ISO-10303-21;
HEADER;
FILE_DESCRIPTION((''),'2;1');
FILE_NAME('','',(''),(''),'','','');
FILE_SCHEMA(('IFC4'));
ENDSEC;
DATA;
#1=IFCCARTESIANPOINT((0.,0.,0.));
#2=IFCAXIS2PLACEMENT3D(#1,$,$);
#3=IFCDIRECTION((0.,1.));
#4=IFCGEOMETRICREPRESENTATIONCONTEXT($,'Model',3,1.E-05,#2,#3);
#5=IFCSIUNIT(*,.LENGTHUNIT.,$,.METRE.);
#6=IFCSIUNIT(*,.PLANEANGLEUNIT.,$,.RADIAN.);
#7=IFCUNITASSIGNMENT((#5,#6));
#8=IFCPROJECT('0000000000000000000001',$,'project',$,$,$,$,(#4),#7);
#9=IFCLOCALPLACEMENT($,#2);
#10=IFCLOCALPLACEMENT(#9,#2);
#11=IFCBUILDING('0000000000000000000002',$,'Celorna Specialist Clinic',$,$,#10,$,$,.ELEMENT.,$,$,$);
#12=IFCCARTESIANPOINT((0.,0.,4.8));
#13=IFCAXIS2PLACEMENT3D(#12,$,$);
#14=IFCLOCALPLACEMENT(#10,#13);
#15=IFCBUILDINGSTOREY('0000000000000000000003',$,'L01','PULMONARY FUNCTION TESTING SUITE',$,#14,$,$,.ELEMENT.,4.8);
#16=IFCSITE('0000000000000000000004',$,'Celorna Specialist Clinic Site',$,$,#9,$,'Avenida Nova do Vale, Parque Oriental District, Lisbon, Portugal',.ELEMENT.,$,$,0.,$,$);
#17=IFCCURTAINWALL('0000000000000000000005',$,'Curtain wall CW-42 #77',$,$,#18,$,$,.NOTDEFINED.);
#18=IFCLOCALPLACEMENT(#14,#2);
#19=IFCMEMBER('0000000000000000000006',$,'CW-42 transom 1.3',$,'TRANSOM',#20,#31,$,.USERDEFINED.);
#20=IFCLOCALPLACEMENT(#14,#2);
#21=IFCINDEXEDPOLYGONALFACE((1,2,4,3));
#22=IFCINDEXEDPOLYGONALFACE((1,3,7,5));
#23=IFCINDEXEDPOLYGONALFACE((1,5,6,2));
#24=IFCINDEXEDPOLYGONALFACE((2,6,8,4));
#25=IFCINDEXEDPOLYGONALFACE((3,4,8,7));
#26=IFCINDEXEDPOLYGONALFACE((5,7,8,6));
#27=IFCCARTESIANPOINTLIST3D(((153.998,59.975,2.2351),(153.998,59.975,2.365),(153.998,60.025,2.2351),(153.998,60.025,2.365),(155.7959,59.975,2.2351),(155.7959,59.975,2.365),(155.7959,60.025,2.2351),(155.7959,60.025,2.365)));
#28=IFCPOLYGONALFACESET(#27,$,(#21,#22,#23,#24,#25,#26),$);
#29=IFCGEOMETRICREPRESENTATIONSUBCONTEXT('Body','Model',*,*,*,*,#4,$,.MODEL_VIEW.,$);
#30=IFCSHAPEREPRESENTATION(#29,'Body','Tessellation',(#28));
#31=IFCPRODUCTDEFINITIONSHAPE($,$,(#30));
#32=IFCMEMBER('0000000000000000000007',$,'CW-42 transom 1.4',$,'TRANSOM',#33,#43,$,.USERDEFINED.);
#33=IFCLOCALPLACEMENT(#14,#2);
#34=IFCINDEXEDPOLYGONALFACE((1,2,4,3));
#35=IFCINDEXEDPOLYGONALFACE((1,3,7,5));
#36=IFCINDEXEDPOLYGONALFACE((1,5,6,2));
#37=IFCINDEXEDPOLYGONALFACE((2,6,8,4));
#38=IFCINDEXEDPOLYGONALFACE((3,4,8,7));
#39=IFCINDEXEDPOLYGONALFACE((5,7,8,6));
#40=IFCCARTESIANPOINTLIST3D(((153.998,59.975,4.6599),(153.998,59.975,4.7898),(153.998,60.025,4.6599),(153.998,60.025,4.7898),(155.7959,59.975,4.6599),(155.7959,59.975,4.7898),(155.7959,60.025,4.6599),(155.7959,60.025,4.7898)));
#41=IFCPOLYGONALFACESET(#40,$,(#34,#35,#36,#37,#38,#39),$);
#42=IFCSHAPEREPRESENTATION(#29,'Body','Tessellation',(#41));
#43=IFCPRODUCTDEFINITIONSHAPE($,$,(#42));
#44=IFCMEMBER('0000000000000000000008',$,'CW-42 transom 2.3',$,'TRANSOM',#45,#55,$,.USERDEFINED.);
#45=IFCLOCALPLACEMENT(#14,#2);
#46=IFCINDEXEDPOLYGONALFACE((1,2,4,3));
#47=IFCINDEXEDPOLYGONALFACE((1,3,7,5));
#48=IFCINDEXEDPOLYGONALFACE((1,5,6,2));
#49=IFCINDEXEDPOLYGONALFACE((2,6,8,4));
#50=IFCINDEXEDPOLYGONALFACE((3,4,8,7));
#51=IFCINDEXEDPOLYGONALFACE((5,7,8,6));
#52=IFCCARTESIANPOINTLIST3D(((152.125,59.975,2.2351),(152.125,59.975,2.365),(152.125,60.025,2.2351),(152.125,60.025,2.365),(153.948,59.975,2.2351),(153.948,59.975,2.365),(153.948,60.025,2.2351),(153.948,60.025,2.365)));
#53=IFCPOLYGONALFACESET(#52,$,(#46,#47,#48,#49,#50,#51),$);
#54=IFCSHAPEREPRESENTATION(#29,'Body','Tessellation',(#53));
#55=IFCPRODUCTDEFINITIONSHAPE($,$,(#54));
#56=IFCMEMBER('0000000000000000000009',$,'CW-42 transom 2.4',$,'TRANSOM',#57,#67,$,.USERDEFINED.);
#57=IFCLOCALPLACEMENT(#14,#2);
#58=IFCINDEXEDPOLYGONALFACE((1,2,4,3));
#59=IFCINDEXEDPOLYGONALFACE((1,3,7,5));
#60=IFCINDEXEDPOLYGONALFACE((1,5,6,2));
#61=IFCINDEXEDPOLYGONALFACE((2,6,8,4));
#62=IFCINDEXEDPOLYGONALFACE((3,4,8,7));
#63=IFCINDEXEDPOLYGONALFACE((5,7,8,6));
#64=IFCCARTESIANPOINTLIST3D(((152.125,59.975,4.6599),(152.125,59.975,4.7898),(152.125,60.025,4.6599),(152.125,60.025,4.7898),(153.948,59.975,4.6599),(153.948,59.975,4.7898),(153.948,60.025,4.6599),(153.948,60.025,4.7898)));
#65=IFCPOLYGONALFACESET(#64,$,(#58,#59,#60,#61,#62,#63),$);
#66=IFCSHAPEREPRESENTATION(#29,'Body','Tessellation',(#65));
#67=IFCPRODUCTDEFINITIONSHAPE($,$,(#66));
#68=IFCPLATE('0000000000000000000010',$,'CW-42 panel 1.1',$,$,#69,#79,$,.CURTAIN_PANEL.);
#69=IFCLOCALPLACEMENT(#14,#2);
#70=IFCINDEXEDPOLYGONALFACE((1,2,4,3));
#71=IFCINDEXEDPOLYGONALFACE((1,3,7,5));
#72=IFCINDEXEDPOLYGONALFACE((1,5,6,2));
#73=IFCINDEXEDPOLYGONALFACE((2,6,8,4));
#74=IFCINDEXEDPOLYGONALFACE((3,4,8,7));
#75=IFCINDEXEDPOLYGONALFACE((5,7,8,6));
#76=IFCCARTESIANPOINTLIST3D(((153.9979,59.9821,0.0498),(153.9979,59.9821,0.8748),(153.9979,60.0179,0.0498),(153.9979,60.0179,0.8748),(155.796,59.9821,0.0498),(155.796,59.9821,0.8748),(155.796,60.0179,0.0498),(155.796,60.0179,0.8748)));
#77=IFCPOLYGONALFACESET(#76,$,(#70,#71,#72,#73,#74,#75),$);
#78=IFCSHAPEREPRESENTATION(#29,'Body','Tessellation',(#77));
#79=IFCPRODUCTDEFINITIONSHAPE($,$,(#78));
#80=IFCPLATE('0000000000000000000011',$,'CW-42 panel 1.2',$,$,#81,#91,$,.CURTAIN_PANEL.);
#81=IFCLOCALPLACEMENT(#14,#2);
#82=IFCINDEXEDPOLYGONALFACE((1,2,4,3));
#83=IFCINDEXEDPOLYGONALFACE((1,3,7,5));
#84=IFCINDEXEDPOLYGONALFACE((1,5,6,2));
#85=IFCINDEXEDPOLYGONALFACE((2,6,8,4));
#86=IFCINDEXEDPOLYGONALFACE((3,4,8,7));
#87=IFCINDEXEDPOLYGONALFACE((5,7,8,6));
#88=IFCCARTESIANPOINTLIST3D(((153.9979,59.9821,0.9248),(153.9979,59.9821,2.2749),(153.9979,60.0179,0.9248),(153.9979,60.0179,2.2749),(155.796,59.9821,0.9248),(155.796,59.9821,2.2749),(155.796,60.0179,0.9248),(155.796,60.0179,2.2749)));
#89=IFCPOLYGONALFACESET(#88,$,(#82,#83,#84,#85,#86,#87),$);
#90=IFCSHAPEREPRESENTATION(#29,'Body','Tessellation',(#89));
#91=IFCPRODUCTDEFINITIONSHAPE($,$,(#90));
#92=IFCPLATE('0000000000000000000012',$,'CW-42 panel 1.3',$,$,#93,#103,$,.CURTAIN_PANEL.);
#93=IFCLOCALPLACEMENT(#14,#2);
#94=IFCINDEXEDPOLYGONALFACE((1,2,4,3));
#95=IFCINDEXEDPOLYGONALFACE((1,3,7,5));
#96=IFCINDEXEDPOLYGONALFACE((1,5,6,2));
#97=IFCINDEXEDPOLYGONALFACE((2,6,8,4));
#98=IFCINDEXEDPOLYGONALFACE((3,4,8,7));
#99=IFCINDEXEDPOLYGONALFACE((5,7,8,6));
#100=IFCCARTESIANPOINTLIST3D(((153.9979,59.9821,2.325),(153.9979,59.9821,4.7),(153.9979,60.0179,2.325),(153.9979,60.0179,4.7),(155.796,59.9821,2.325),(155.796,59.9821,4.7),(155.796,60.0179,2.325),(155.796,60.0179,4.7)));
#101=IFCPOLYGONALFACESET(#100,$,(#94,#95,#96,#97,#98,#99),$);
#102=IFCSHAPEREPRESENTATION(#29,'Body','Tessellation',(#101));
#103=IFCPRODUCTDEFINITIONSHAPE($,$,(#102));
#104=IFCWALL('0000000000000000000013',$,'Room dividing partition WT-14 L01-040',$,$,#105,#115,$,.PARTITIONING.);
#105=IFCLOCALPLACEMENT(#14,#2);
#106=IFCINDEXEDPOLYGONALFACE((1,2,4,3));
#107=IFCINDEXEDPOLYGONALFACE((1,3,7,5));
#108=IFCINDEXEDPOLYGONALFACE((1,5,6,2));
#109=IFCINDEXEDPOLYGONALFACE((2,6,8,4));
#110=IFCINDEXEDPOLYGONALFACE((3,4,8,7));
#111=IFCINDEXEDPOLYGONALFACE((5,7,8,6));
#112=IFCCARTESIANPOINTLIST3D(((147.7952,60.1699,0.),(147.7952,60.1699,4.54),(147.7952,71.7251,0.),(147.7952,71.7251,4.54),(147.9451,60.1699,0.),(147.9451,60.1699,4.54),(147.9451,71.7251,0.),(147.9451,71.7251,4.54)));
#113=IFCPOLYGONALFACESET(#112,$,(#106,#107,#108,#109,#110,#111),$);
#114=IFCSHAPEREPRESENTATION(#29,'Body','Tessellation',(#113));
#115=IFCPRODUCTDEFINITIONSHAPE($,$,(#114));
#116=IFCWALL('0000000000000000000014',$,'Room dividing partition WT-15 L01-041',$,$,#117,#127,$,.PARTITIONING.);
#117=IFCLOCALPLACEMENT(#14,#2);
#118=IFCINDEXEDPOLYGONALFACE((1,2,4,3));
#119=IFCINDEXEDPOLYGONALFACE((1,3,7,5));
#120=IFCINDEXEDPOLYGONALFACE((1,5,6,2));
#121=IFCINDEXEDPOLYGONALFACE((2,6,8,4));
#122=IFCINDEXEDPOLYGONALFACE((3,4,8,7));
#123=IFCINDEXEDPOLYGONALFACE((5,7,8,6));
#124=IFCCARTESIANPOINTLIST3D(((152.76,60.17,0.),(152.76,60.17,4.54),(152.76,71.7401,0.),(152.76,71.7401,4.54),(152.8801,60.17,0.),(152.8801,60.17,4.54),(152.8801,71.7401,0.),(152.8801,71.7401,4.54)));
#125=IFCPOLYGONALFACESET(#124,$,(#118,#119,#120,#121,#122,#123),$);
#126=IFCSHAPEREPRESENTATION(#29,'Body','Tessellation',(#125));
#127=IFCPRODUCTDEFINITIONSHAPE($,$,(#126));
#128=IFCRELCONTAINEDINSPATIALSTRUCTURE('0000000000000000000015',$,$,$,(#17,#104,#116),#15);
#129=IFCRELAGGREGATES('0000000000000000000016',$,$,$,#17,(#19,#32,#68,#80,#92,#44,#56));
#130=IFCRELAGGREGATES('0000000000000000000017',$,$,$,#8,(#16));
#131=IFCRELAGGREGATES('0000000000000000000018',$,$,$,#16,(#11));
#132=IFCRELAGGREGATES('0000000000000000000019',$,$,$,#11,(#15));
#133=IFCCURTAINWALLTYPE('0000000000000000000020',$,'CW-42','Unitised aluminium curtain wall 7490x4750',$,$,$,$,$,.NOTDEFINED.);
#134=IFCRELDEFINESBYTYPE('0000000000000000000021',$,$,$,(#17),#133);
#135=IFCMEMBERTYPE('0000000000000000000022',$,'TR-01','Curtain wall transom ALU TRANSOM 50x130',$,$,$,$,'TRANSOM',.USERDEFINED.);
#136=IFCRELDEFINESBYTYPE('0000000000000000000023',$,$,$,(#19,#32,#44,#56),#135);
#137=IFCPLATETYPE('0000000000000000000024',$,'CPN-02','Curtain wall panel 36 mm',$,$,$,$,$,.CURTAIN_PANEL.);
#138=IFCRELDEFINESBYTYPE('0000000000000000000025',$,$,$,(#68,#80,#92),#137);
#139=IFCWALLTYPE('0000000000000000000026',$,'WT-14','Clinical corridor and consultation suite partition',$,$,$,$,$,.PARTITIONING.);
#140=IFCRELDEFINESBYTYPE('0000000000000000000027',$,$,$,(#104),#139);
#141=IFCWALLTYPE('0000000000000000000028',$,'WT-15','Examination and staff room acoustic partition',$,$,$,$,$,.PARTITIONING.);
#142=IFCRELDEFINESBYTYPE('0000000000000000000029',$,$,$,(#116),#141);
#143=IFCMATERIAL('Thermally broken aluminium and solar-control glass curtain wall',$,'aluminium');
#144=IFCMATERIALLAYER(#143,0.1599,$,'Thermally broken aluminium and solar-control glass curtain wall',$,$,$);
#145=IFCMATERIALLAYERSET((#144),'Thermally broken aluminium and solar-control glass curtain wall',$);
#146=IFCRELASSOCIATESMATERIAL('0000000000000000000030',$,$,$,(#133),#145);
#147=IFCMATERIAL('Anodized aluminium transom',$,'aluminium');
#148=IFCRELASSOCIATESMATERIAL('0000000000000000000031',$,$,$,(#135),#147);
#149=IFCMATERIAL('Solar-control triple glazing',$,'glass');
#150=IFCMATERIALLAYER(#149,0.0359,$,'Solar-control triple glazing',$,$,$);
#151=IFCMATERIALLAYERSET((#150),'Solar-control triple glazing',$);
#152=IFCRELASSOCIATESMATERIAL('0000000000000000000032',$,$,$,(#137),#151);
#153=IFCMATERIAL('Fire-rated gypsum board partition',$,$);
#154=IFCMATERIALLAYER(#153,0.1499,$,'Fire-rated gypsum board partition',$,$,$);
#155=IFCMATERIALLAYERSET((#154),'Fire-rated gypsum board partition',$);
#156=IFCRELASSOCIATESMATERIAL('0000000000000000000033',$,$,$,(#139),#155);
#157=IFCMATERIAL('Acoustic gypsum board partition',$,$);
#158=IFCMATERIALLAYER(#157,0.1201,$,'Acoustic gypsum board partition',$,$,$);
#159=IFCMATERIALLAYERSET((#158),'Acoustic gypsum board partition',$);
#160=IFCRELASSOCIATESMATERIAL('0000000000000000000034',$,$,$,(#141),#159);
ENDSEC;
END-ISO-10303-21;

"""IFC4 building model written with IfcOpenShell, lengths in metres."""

from ifc_helpers import new_model, si_unit, direction, frame, frame_2d, origin, origin_2d, place, context, subcontext, project, spatial, rectangle, extrude, material, layer, layer_set, material_profile, profile_set, type_object, element, aggregate, save


model = new_model("IFC4")

# Units and contexts
model_context = context("Model", 3, precision=1e-05, world=origin(), true_north=direction((0.0, 1.0)))
body_context = subcontext(model_context, "Body", "Model", "MODEL_VIEW")
ifc_project = project(units=[si_unit("LENGTHUNIT", "METRE"), si_unit("PLANEANGLEUNIT", "RADIAN")], contexts=[model_context])

# Site, building, storey
site_placement = place(None, origin())
site = spatial("IfcSite", under=ifc_project, at=site_placement, Name="Celorna Specialist Clinic Site", LongName="Avenida Nova do Vale, Parque Oriental District, Lisbon, Portugal", CompositionType="ELEMENT", RefElevation=0.0)
building_placement = place(site_placement, origin())
building = spatial("IfcBuilding", under=site, at=building_placement, Name="Celorna Specialist Clinic", CompositionType="ELEMENT")
storey_placement = place(building_placement, frame((0.0, 0.0, 4.8)))
storey = spatial("IfcBuildingStorey", under=building, at=storey_placement, Name="L01", Description="PULMONARY FUNCTION TESTING SUITE", CompositionType="ELEMENT", Elevation=4.8)

# Curtain wall, members, plates
ifc_material_1 = material(Name="Thermally broken aluminium and solar-control glass curtain wall", Category="aluminium")
ifc_layer_1 = layer(ifc_material_1, 0.1599, Name="Thermally broken aluminium and solar-control glass curtain wall")
ifc_layer_set_1 = layer_set([ifc_layer_1], Name="Thermally broken aluminium and solar-control glass curtain wall")
curtain_wall_type = type_object("IfcCurtainWallType", Name="CW-42", Description="Unitised aluminium curtain wall 7490x4750", PredefinedType="NOTDEFINED", material=ifc_layer_set_1)
curtain_wall_placement = place(storey_placement, origin())
curtain_wall = element("IfcCurtainWall", 1, at=curtain_wall_placement, inside=storey, type_object=curtain_wall_type, Name="Curtain wall CW-42 #77", PredefinedType="NOTDEFINED")
ifc_material_2 = material(Name="Anodized aluminium transom", Category="aluminium")
ifc_material_profile_1 = material_profile(ifc_material_2, rectangle(XDim=0.05, YDim=0.1299, at=origin_2d()), Name="ALU TRANSOM 50x130")
ifc_profile_set_1 = profile_set([ifc_material_profile_1], Name="Anodized aluminium transom")
member_type_1 = type_object("IfcMemberType", Name="TR-01", Description="Curtain wall transom ALU TRANSOM 50x130", ElementType="TRANSOM", PredefinedType="USERDEFINED", material=ifc_profile_set_1)
member_1_placement = place(storey_placement, frame((155.7959, 60.0, 2.3), z_axis=(-1.0, 0.0, 0.0), x_axis=(0.0, -1.0, 0.0)))
member_1 = element("IfcMember", 2, at=member_1_placement, type_object=member_type_1, Name="CW-42 transom 1.3", ObjectType="TRANSOM", PredefinedType="USERDEFINED", context=body_context, shape_type="SweptSolid", body=[
    extrude(rectangle(XDim=0.05, YDim=0.1299, at=origin_2d()), origin(), (0.0, 0.0, 1.0), 1.7979),
])
member_2_placement = place(storey_placement, frame((155.7959, 60.0, 4.7249), z_axis=(-1.0, 0.0, 0.0), x_axis=(0.0, -1.0, 0.0)))
member_2 = element("IfcMember", 3, at=member_2_placement, type_object=member_type_1, Name="CW-42 transom 1.4", ObjectType="TRANSOM", PredefinedType="USERDEFINED", context=body_context, shape_type="SweptSolid", body=[
    extrude(rectangle(XDim=0.05, YDim=0.1299, at=origin_2d()), origin(), (0.0, 0.0, 1.0), 1.7979),
])
member_3_placement = place(storey_placement, frame((153.948, 60.0, 2.3), z_axis=(-1.0, 0.0, 0.0), x_axis=(0.0, -1.0, 0.0)))
member_3 = element("IfcMember", 4, at=member_3_placement, type_object=member_type_1, Name="CW-42 transom 2.3", ObjectType="TRANSOM", PredefinedType="USERDEFINED", context=body_context, shape_type="SweptSolid", body=[
    extrude(rectangle(XDim=0.05, YDim=0.1299, at=origin_2d()), origin(), (0.0, 0.0, 1.0), 1.823),
])
member_4_placement = place(storey_placement, frame((153.948, 60.0, 4.7249), z_axis=(-1.0, 0.0, 0.0), x_axis=(0.0, -1.0, 0.0)))
member_4 = element("IfcMember", 5, at=member_4_placement, type_object=member_type_1, Name="CW-42 transom 2.4", ObjectType="TRANSOM", PredefinedType="USERDEFINED", context=body_context, shape_type="SweptSolid", body=[
    extrude(rectangle(XDim=0.05, YDim=0.1299, at=origin_2d()), origin(), (0.0, 0.0, 1.0), 1.823),
])
ifc_material_3 = material(Name="Solar-control triple glazing", Category="glass")
ifc_layer_2 = layer(ifc_material_3, 0.0359, Name="Solar-control triple glazing")
ifc_layer_set_2 = layer_set([ifc_layer_2], Name="Solar-control triple glazing")
plate_type = type_object("IfcPlateType", Name="CPN-02", Description="Curtain wall panel 36 mm", PredefinedType="CURTAIN_PANEL", material=ifc_layer_set_2)
plate_1_placement = place(storey_placement, frame((154.897, 60.0, 0.0498), z_axis=(0.0, 0.0, 1.0), x_axis=(-1.0, 0.0, 0.0)))
plate_1 = element("IfcPlate", 6, at=plate_1_placement, type_object=plate_type, Name="CW-42 panel 1.1", PredefinedType="CURTAIN_PANEL", context=body_context, shape_type="SweptSolid", body=[
    extrude(rectangle(XDim=1.7981, YDim=0.0359, at=origin_2d()), origin(), (0.0, 0.0, 1.0), 0.825),
])
plate_2_placement = place(storey_placement, frame((154.897, 60.0, 0.9248), z_axis=(0.0, 0.0, 1.0), x_axis=(-1.0, 0.0, 0.0)))
plate_2 = element("IfcPlate", 7, at=plate_2_placement, type_object=plate_type, Name="CW-42 panel 1.2", PredefinedType="CURTAIN_PANEL", context=body_context, shape_type="SweptSolid", body=[
    extrude(rectangle(XDim=1.7981, YDim=0.0359, at=origin_2d()), origin(), (0.0, 0.0, 1.0), 1.3501),
])
plate_3_placement = place(storey_placement, frame((154.897, 60.0, 2.325), z_axis=(0.0, 0.0, 1.0), x_axis=(-1.0, 0.0, 0.0)))
plate_3 = element("IfcPlate", 8, at=plate_3_placement, type_object=plate_type, Name="CW-42 panel 1.3", PredefinedType="CURTAIN_PANEL", context=body_context, shape_type="SweptSolid", body=[
    extrude(rectangle(XDim=1.7981, YDim=0.0359, at=origin_2d()), origin(), (0.0, 0.0, 1.0), 2.375),
])
aggregate(curtain_wall, [member_1, member_2, plate_1, plate_2, plate_3, member_3, member_4])

# Walls
ifc_material_4 = material(Name="Fire-rated gypsum board partition")
ifc_layer_3 = layer(ifc_material_4, 0.1499, Name="Fire-rated gypsum board partition")
ifc_layer_set_3 = layer_set([ifc_layer_3], Name="Fire-rated gypsum board partition")
wall_type_1 = type_object("IfcWallType", Name="WT-14", Description="Clinical corridor and consultation suite partition", PredefinedType="PARTITIONING", material=ifc_layer_set_3)
wall_1_placement = place(storey_placement, frame((147.8701, 60.1699, 0.0), z_axis=(0.0, 0.0, 1.0), x_axis=(0.0, 1.0, 0.0)))
element("IfcWall", 9, at=wall_1_placement, inside=storey, type_object=wall_type_1, Name="Room dividing partition WT-14 L01-040", PredefinedType="PARTITIONING", context=body_context, shape_type="SweptSolid", body=[
    extrude(rectangle(XDim=11.5552, YDim=0.1499, at=frame_2d((5.7776, 0.0))), origin(), (0.0, 0.0, 1.0), 4.54),
])
ifc_material_5 = material(Name="Acoustic gypsum board partition")
ifc_layer_4 = layer(ifc_material_5, 0.1201, Name="Acoustic gypsum board partition")
ifc_layer_set_4 = layer_set([ifc_layer_4], Name="Acoustic gypsum board partition")
wall_type_2 = type_object("IfcWallType", Name="WT-15", Description="Examination and staff room acoustic partition", PredefinedType="PARTITIONING", material=ifc_layer_set_4)
wall_2_placement = place(storey_placement, frame((152.8201, 60.1699, 0.0), z_axis=(0.0, 0.0, 1.0), x_axis=(0.0, 1.0, 0.0)))
element("IfcWall", 10, at=wall_2_placement, inside=storey, type_object=wall_type_2, Name="Room dividing partition WT-15 L01-041", PredefinedType="PARTITIONING", context=body_context, shape_type="SweptSolid", body=[
    extrude(rectangle(XDim=11.5701, YDim=0.1201, at=frame_2d((5.7852, 0.0))), origin(), (0.0, 0.0, 1.0), 4.54),
])

save(model, "model.ifc")
